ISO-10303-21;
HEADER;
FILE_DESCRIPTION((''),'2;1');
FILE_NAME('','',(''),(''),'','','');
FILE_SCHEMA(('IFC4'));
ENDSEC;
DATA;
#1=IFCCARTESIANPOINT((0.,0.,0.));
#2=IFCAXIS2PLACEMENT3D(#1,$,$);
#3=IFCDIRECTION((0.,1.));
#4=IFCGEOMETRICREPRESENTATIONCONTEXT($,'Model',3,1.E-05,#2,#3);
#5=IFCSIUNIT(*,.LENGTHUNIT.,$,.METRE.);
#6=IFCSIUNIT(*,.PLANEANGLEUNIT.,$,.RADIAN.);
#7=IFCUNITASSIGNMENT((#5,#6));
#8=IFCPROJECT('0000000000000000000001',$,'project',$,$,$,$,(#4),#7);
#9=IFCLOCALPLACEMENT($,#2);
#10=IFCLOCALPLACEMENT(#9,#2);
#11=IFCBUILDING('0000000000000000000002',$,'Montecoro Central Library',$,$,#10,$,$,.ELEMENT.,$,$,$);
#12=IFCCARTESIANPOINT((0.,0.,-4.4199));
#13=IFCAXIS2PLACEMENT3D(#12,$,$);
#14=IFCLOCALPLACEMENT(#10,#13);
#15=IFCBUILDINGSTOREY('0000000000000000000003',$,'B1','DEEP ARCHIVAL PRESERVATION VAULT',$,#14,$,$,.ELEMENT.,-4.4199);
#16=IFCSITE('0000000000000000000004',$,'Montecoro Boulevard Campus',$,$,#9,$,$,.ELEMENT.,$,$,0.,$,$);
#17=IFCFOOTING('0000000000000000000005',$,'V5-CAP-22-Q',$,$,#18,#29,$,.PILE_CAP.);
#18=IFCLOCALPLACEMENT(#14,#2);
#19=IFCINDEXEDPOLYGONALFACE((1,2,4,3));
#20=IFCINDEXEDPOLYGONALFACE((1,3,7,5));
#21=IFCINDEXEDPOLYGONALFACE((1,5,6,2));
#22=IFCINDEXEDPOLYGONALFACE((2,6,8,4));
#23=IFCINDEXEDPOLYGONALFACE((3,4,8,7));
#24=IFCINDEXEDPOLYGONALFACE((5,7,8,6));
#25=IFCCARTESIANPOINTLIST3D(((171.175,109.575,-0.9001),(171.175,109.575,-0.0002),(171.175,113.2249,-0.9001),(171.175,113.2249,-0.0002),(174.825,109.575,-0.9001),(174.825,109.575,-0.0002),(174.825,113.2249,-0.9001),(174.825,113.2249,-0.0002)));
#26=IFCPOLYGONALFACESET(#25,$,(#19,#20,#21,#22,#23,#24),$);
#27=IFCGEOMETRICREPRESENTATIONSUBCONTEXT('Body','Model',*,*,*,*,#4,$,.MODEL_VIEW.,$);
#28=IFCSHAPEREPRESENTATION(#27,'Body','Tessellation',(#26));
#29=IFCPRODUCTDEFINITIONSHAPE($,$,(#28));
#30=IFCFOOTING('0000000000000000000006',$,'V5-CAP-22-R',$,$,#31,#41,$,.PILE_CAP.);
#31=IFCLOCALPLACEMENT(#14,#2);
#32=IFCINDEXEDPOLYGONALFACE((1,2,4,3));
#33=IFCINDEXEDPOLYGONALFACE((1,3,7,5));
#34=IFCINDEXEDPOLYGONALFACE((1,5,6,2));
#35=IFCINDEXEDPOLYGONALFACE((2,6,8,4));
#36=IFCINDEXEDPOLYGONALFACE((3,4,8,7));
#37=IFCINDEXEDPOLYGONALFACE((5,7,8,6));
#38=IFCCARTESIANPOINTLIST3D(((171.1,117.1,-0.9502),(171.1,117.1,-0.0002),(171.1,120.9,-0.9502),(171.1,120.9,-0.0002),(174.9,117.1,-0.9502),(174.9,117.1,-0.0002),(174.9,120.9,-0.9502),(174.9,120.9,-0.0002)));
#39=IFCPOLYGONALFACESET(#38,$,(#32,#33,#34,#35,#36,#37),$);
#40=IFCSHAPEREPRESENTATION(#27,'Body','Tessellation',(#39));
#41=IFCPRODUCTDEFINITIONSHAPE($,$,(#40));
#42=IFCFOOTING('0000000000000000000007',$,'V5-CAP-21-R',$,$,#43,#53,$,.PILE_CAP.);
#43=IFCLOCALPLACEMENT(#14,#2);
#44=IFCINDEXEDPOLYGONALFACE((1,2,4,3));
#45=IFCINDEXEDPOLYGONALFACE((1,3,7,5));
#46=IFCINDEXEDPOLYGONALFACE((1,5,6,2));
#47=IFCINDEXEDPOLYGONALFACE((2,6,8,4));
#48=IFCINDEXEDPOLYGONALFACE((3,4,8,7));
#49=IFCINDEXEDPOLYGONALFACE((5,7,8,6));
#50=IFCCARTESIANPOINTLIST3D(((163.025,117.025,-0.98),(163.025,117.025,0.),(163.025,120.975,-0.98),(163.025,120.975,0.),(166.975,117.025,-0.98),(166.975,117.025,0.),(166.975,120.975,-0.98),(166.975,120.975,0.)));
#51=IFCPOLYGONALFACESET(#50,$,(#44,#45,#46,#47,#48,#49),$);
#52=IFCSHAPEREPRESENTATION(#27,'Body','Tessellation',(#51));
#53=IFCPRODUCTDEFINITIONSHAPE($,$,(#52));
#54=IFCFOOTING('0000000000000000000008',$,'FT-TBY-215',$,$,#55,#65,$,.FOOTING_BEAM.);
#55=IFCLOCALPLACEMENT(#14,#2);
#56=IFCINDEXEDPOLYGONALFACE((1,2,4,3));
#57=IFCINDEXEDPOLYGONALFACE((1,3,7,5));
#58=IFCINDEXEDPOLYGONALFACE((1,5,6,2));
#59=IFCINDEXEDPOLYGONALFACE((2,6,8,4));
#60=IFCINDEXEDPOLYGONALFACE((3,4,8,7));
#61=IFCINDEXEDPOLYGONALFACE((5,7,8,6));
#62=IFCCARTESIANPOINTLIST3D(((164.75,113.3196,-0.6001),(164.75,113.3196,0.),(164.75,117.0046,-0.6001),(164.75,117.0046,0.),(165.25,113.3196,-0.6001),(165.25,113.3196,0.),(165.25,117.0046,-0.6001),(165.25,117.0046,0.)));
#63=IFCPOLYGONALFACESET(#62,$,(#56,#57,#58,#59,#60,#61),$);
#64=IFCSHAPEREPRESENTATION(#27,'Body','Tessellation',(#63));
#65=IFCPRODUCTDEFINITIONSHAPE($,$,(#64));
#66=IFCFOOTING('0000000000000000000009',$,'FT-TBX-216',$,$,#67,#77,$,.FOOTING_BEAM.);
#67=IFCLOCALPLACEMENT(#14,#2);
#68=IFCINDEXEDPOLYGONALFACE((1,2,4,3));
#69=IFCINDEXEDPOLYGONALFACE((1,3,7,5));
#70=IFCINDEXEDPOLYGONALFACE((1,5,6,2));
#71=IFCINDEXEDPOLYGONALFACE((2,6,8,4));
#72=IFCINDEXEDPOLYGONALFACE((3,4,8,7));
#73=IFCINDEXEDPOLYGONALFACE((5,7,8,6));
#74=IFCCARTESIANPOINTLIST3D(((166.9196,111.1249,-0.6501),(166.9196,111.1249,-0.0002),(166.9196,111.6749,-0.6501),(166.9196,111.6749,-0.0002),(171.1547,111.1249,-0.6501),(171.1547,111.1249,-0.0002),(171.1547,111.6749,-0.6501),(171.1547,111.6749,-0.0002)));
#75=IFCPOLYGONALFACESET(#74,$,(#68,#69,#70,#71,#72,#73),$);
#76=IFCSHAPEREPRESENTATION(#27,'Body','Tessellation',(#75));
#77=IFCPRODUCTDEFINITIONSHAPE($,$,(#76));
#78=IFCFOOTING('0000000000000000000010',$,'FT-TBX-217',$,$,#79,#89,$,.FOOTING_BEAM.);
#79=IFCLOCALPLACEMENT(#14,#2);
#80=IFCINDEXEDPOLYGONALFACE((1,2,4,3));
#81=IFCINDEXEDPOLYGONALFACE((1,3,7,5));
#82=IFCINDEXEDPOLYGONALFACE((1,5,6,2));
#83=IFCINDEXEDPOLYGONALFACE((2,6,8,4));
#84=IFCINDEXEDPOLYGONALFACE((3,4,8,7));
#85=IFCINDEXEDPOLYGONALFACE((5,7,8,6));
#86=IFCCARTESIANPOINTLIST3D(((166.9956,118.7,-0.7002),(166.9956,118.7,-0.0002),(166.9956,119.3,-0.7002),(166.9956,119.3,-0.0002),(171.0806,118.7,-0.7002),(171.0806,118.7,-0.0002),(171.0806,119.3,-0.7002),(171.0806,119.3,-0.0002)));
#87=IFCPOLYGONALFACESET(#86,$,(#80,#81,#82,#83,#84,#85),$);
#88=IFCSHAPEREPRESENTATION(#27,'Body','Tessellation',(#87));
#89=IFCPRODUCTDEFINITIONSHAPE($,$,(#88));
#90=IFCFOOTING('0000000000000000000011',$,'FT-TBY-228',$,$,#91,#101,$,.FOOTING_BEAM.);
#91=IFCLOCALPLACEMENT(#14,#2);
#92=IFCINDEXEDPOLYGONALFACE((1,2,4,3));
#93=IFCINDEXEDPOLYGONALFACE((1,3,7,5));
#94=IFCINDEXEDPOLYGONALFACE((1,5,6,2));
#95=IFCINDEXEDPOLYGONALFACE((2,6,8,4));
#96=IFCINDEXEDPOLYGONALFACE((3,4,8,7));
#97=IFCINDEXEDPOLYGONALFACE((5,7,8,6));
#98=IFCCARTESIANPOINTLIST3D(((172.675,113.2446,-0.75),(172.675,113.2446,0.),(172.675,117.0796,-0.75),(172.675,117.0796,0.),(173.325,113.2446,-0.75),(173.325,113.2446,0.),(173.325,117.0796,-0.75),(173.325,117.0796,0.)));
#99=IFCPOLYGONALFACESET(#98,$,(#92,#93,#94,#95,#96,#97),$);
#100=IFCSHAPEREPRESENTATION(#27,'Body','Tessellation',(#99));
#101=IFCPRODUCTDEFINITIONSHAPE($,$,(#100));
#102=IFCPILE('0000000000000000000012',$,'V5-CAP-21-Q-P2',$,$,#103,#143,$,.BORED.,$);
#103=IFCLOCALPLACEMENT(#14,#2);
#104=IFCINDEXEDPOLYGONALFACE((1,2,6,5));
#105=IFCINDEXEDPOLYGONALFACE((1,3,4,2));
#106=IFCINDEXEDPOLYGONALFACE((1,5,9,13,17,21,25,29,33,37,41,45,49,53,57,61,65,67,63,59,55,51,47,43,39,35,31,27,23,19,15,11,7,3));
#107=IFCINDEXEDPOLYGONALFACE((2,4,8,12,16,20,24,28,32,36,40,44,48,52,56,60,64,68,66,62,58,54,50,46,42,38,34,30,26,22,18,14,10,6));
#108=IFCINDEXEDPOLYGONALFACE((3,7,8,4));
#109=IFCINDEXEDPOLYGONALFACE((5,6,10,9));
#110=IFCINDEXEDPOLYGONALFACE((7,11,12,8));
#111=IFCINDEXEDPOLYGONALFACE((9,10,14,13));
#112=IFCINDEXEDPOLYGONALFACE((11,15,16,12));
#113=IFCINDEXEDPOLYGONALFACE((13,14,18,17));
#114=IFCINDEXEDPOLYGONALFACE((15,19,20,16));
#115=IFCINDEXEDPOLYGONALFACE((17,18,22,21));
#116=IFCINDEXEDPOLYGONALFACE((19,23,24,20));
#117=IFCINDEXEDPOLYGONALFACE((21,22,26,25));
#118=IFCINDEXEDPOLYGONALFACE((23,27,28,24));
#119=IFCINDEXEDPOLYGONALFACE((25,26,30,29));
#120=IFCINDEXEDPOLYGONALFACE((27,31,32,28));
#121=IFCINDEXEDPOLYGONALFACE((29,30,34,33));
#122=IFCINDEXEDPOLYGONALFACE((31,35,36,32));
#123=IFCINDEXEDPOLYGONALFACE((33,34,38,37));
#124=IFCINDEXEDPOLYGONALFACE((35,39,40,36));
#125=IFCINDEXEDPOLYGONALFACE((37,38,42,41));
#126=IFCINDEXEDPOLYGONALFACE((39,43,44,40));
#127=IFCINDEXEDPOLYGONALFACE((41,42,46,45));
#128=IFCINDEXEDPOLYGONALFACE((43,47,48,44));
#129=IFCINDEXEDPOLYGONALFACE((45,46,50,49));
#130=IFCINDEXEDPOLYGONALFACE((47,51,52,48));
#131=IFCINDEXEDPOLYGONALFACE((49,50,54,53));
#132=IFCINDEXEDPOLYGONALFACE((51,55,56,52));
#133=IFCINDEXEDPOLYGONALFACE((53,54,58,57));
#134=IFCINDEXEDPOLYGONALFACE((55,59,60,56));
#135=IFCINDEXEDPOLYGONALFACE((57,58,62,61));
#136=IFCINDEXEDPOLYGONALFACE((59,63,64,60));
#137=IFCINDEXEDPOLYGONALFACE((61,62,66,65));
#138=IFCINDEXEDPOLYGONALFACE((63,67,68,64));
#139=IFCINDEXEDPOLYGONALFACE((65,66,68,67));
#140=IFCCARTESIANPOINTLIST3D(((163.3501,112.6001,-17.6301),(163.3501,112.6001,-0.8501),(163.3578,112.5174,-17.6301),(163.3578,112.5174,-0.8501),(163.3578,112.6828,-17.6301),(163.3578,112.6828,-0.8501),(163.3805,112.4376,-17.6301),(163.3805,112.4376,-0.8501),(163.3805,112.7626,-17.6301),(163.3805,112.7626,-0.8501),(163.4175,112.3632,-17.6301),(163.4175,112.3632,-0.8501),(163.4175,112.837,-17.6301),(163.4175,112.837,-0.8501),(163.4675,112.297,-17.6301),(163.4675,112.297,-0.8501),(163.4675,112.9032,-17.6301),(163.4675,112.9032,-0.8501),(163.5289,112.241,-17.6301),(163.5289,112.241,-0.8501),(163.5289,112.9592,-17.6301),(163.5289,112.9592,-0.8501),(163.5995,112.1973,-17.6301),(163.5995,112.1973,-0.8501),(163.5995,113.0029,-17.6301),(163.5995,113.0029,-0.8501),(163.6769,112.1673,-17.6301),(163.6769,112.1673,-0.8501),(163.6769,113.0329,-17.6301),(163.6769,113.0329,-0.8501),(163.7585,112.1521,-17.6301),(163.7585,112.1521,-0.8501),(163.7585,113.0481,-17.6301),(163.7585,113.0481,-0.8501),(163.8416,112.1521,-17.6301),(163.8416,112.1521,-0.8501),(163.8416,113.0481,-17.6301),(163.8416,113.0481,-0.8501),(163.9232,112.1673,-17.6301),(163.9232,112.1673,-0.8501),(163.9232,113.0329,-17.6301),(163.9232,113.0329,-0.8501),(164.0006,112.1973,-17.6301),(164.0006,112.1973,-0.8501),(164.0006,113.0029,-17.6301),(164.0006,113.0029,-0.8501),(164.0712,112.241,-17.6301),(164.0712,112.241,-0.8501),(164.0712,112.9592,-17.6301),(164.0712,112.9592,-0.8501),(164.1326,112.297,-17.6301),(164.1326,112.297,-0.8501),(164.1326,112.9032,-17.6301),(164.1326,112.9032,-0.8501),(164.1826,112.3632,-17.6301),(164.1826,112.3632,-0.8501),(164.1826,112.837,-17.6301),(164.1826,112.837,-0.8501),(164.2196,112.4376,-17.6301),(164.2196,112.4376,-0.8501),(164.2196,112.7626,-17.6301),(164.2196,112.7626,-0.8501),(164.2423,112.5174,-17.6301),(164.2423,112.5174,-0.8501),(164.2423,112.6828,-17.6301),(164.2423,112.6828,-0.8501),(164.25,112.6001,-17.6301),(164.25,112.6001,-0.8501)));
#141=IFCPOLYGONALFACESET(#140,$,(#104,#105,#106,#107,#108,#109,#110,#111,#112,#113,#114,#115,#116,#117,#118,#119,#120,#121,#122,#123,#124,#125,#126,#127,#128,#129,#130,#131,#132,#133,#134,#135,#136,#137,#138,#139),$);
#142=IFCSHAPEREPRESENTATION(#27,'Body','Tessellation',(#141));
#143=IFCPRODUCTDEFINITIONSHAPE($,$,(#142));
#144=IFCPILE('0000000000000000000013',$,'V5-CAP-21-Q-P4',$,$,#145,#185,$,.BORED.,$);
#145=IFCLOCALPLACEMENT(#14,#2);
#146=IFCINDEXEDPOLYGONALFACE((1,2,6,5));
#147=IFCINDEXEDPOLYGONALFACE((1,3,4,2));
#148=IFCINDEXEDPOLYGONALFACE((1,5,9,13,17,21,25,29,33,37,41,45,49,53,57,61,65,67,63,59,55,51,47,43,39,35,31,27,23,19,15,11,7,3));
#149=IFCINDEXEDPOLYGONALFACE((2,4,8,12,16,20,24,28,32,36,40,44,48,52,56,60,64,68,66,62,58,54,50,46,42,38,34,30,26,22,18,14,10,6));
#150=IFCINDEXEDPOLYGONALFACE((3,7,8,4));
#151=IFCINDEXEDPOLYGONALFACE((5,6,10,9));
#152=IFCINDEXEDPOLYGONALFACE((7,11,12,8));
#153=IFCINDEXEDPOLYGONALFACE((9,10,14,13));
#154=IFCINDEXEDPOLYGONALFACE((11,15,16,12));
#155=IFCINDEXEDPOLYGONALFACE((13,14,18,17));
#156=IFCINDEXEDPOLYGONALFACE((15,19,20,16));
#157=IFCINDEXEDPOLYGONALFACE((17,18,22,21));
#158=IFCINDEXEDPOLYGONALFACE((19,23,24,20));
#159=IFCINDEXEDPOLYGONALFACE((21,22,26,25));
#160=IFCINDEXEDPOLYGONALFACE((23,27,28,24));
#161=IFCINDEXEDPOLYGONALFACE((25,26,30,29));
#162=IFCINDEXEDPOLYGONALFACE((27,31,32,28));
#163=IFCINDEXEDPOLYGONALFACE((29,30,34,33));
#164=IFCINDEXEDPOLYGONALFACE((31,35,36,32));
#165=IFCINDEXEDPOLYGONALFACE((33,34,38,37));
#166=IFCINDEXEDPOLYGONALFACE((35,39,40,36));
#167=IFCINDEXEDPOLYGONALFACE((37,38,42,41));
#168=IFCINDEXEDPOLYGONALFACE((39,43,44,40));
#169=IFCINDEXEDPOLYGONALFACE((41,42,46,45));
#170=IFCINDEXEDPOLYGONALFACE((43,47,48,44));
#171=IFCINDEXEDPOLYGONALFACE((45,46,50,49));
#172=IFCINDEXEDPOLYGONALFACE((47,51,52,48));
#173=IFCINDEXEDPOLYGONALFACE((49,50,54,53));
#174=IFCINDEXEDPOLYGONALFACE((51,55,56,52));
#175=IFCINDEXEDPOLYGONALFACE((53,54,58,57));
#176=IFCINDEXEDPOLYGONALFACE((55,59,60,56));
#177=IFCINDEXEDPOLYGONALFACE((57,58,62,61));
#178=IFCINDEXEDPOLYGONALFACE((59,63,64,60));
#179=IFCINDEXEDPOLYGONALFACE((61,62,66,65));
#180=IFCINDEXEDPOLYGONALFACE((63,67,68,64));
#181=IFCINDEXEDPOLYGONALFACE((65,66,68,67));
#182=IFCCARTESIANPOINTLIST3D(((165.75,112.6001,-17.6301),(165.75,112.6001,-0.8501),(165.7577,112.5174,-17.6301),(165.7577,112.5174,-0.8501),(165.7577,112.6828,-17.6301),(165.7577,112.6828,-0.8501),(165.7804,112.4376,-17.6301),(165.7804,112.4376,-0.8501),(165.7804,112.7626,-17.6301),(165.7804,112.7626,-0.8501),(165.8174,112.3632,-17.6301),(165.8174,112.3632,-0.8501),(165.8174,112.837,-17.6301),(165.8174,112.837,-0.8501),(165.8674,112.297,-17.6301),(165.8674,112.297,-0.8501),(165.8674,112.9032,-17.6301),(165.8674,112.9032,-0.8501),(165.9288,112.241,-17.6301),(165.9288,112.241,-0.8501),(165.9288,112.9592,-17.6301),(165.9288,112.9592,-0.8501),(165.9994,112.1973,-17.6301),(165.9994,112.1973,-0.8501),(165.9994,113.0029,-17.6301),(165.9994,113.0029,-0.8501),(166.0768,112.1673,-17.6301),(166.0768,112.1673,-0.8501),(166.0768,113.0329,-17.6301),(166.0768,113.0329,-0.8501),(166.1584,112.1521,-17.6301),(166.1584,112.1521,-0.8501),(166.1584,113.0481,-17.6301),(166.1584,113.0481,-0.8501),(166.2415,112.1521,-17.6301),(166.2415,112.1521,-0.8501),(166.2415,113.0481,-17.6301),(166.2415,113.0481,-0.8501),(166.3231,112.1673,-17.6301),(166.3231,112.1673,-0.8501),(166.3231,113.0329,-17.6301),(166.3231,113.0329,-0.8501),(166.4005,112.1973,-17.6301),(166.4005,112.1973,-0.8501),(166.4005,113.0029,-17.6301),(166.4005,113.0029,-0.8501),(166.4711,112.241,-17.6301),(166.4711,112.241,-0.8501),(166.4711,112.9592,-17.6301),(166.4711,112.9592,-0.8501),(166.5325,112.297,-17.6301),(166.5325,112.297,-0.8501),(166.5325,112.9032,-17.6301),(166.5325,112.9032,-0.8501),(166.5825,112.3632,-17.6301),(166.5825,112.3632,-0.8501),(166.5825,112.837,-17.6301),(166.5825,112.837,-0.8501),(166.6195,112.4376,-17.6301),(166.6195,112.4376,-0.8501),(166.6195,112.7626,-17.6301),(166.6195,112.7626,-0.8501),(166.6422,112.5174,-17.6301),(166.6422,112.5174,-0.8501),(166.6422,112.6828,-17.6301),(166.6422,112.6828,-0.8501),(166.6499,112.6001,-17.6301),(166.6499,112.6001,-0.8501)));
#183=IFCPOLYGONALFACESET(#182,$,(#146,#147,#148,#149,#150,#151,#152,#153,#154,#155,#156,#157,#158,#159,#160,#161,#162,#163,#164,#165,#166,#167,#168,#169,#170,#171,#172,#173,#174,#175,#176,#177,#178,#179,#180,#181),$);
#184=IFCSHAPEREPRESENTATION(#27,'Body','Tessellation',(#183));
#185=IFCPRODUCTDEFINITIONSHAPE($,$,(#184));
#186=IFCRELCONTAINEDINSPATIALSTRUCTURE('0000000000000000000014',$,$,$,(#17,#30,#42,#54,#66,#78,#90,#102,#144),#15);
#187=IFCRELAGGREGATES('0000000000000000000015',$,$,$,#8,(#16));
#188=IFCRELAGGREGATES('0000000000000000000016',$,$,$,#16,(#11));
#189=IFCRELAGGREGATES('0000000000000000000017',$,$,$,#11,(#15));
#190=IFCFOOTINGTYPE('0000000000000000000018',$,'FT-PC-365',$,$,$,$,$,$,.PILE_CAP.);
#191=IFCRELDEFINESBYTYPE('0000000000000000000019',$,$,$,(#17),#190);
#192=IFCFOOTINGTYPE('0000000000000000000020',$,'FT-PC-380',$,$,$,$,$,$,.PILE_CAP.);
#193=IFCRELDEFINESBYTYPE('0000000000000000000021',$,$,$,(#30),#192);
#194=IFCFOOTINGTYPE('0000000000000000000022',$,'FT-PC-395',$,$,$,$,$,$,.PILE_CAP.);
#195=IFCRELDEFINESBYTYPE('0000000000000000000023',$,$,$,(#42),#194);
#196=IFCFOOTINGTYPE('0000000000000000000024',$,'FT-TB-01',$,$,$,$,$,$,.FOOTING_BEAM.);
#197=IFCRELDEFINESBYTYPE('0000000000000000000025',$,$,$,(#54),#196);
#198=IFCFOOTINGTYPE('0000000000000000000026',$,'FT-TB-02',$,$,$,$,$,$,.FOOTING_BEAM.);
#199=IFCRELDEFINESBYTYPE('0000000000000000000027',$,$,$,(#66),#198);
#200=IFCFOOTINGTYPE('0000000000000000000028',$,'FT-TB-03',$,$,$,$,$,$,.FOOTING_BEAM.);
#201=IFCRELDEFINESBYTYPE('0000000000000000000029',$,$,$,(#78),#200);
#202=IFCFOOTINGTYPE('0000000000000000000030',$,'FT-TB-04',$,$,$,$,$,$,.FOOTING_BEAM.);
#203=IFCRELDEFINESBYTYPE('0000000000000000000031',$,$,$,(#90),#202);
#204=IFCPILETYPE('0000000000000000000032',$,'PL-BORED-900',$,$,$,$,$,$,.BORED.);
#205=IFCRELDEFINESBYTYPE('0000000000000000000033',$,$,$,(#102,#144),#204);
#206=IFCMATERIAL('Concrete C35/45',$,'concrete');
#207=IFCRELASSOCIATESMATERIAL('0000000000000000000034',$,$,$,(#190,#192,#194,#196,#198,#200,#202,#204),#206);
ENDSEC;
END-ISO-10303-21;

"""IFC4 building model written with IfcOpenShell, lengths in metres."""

from ifc_helpers import new_model, si_unit, direction, frame, origin, origin_2d, place, context, subcontext, project, spatial, rectangle, circle, extrude, material, material_profile, profile_set, type_object, element, save


model = new_model("IFC4")

# Units and contexts
model_context = context("Model", 3, precision=1e-05, world=origin(), true_north=direction((0.0, 1.0)))
body_context = subcontext(model_context, "Body", "Model", "MODEL_VIEW")
ifc_project = project(units=[si_unit("LENGTHUNIT", "METRE"), si_unit("PLANEANGLEUNIT", "RADIAN")], contexts=[model_context])

# Site, building, storey
site_placement = place(None, origin())
site = spatial("IfcSite", under=ifc_project, at=site_placement, Name="Montecoro Boulevard Campus", CompositionType="ELEMENT", RefElevation=0.0)
building_placement = place(site_placement, origin())
building = spatial("IfcBuilding", under=site, at=building_placement, Name="Montecoro Central Library", CompositionType="ELEMENT")
storey_placement = place(building_placement, frame((0.0, 0.0, -4.4199)))
storey = spatial("IfcBuildingStorey", under=building, at=storey_placement, Name="B1", Description="DEEP ARCHIVAL PRESERVATION VAULT", CompositionType="ELEMENT", Elevation=-4.4199)

# Footings
ifc_material_1 = material(Name="Concrete C35/45", Category="concrete")
footing_type_1 = type_object("IfcFootingType", Name="FT-PC-365", PredefinedType="PILE_CAP", material=ifc_material_1)
footing_1_placement = place(storey_placement, frame((173.0, 111.3999, -0.9001), z_axis=(0.0, 0.0, 1.0), x_axis=(1.0, 0.0, 0.0)))
element("IfcFooting", 1, at=footing_1_placement, inside=storey, type_object=footing_type_1, Name="V5-CAP-22-Q", PredefinedType="PILE_CAP", context=body_context, shape_type="SweptSolid", body=[
    extrude(rectangle(XDim=3.6499, YDim=3.6499, at=origin_2d()), origin(), (0.0, 0.0, 1.0), 0.8999),
])
footing_type_2 = type_object("IfcFootingType", Name="FT-PC-380", PredefinedType="PILE_CAP", material=ifc_material_1)
footing_2_placement = place(storey_placement, frame((173.0, 119.0, -0.9502), z_axis=(0.0, 0.0, 1.0), x_axis=(1.0, 0.0, 0.0)))
element("IfcFooting", 2, at=footing_2_placement, inside=storey, type_object=footing_type_2, Name="V5-CAP-22-R", PredefinedType="PILE_CAP", context=body_context, shape_type="SweptSolid", body=[
    extrude(rectangle(XDim=3.8, YDim=3.8, at=origin_2d()), origin(), (0.0, 0.0, 1.0), 0.95),
])
footing_type_3 = type_object("IfcFootingType", Name="FT-PC-395", PredefinedType="PILE_CAP", material=ifc_material_1)
footing_3_placement = place(storey_placement, frame((165.0, 119.0, -0.98), z_axis=(0.0, 0.0, 1.0), x_axis=(1.0, 0.0, 0.0)))
element("IfcFooting", 3, at=footing_3_placement, inside=storey, type_object=footing_type_3, Name="V5-CAP-21-R", PredefinedType="PILE_CAP", context=body_context, shape_type="SweptSolid", body=[
    extrude(rectangle(XDim=3.95, YDim=3.95, at=origin_2d()), origin(), (0.0, 0.0, 1.0), 0.98),
])
footing_type_4 = type_object("IfcFootingType", Name="FT-TB-01", PredefinedType="FOOTING_BEAM", material=ifc_material_1)
footing_4_placement = place(storey_placement, frame((165.0, 115.1621, -0.6001), z_axis=(0.0, 0.0, 1.0), x_axis=(1.0, 0.0, 0.0)))
element("IfcFooting", 4, at=footing_4_placement, inside=storey, type_object=footing_type_4, Name="FT-TBY-215", PredefinedType="FOOTING_BEAM", context=body_context, shape_type="SweptSolid", body=[
    extrude(rectangle(XDim=0.5, YDim=3.6851, at=origin_2d()), origin(), (0.0, 0.0, 1.0), 0.6001),
])
footing_type_5 = type_object("IfcFootingType", Name="FT-TB-02", PredefinedType="FOOTING_BEAM", material=ifc_material_1)
footing_5_placement = place(storey_placement, frame((169.0371, 111.3999, -0.6501), z_axis=(0.0, 0.0, 1.0), x_axis=(1.0, 0.0, 0.0)))
element("IfcFooting", 5, at=footing_5_placement, inside=storey, type_object=footing_type_5, Name="FT-TBX-216", PredefinedType="FOOTING_BEAM", context=body_context, shape_type="SweptSolid", body=[
    extrude(rectangle(XDim=4.2351, YDim=0.55, at=origin_2d()), origin(), (0.0, 0.0, 1.0), 0.6499),
])
footing_type_6 = type_object("IfcFootingType", Name="FT-TB-03", PredefinedType="FOOTING_BEAM", material=ifc_material_1)
footing_6_placement = place(storey_placement, frame((169.0381, 119.0, -0.7002), z_axis=(0.0, 0.0, 1.0), x_axis=(1.0, 0.0, 0.0)))
element("IfcFooting", 6, at=footing_6_placement, inside=storey, type_object=footing_type_6, Name="FT-TBX-217", PredefinedType="FOOTING_BEAM", context=body_context, shape_type="SweptSolid", body=[
    extrude(rectangle(XDim=4.085, YDim=0.6001, at=origin_2d()), origin(), (0.0, 0.0, 1.0), 0.7),
])
footing_type_7 = type_object("IfcFootingType", Name="FT-TB-04", PredefinedType="FOOTING_BEAM", material=ifc_material_1)
footing_7_placement = place(storey_placement, frame((173.0, 115.1621, -0.75), z_axis=(0.0, 0.0, 1.0), x_axis=(1.0, 0.0, 0.0)))
element("IfcFooting", 7, at=footing_7_placement, inside=storey, type_object=footing_type_7, Name="FT-TBY-228", PredefinedType="FOOTING_BEAM", context=body_context, shape_type="SweptSolid", body=[
    extrude(rectangle(XDim=0.6499, YDim=3.835, at=origin_2d()), origin(), (0.0, 0.0, 1.0), 0.75),
])

# Piles
ifc_material_profile_1 = material_profile(ifc_material_1, circle(Radius=0.45, at=origin_2d()), Name="PILE D900")
ifc_profile_set_1 = profile_set([ifc_material_profile_1], Name="Concrete C35/45")
pile_type = type_object("IfcPileType", Name="PL-BORED-900", PredefinedType="BORED", material=ifc_profile_set_1)
for number, where, z_axis, x_axis, name in (
    (8, (163.8, 112.6001, -0.8501), (0.0, 0.0, -1.0), (1.0, 0.0, 0.0), "V5-CAP-21-Q-P2"),
    (9, (166.2, 112.6001, -0.8501), (0.0, 0.0, -1.0), (1.0, 0.0, 0.0), "V5-CAP-21-Q-P4"),
):
    element("IfcPile", number, at=place(storey_placement, frame(where, z_axis=z_axis, x_axis=x_axis)), inside=storey, type_object=pile_type, Name=name, PredefinedType="BORED", context=body_context, shape_type="SweptSolid", body=[
        extrude(circle(Radius=0.45, at=origin_2d()), origin(), (0.0, 0.0, 1.0), 16.78),
    ])

save(model, "model.ifc")
